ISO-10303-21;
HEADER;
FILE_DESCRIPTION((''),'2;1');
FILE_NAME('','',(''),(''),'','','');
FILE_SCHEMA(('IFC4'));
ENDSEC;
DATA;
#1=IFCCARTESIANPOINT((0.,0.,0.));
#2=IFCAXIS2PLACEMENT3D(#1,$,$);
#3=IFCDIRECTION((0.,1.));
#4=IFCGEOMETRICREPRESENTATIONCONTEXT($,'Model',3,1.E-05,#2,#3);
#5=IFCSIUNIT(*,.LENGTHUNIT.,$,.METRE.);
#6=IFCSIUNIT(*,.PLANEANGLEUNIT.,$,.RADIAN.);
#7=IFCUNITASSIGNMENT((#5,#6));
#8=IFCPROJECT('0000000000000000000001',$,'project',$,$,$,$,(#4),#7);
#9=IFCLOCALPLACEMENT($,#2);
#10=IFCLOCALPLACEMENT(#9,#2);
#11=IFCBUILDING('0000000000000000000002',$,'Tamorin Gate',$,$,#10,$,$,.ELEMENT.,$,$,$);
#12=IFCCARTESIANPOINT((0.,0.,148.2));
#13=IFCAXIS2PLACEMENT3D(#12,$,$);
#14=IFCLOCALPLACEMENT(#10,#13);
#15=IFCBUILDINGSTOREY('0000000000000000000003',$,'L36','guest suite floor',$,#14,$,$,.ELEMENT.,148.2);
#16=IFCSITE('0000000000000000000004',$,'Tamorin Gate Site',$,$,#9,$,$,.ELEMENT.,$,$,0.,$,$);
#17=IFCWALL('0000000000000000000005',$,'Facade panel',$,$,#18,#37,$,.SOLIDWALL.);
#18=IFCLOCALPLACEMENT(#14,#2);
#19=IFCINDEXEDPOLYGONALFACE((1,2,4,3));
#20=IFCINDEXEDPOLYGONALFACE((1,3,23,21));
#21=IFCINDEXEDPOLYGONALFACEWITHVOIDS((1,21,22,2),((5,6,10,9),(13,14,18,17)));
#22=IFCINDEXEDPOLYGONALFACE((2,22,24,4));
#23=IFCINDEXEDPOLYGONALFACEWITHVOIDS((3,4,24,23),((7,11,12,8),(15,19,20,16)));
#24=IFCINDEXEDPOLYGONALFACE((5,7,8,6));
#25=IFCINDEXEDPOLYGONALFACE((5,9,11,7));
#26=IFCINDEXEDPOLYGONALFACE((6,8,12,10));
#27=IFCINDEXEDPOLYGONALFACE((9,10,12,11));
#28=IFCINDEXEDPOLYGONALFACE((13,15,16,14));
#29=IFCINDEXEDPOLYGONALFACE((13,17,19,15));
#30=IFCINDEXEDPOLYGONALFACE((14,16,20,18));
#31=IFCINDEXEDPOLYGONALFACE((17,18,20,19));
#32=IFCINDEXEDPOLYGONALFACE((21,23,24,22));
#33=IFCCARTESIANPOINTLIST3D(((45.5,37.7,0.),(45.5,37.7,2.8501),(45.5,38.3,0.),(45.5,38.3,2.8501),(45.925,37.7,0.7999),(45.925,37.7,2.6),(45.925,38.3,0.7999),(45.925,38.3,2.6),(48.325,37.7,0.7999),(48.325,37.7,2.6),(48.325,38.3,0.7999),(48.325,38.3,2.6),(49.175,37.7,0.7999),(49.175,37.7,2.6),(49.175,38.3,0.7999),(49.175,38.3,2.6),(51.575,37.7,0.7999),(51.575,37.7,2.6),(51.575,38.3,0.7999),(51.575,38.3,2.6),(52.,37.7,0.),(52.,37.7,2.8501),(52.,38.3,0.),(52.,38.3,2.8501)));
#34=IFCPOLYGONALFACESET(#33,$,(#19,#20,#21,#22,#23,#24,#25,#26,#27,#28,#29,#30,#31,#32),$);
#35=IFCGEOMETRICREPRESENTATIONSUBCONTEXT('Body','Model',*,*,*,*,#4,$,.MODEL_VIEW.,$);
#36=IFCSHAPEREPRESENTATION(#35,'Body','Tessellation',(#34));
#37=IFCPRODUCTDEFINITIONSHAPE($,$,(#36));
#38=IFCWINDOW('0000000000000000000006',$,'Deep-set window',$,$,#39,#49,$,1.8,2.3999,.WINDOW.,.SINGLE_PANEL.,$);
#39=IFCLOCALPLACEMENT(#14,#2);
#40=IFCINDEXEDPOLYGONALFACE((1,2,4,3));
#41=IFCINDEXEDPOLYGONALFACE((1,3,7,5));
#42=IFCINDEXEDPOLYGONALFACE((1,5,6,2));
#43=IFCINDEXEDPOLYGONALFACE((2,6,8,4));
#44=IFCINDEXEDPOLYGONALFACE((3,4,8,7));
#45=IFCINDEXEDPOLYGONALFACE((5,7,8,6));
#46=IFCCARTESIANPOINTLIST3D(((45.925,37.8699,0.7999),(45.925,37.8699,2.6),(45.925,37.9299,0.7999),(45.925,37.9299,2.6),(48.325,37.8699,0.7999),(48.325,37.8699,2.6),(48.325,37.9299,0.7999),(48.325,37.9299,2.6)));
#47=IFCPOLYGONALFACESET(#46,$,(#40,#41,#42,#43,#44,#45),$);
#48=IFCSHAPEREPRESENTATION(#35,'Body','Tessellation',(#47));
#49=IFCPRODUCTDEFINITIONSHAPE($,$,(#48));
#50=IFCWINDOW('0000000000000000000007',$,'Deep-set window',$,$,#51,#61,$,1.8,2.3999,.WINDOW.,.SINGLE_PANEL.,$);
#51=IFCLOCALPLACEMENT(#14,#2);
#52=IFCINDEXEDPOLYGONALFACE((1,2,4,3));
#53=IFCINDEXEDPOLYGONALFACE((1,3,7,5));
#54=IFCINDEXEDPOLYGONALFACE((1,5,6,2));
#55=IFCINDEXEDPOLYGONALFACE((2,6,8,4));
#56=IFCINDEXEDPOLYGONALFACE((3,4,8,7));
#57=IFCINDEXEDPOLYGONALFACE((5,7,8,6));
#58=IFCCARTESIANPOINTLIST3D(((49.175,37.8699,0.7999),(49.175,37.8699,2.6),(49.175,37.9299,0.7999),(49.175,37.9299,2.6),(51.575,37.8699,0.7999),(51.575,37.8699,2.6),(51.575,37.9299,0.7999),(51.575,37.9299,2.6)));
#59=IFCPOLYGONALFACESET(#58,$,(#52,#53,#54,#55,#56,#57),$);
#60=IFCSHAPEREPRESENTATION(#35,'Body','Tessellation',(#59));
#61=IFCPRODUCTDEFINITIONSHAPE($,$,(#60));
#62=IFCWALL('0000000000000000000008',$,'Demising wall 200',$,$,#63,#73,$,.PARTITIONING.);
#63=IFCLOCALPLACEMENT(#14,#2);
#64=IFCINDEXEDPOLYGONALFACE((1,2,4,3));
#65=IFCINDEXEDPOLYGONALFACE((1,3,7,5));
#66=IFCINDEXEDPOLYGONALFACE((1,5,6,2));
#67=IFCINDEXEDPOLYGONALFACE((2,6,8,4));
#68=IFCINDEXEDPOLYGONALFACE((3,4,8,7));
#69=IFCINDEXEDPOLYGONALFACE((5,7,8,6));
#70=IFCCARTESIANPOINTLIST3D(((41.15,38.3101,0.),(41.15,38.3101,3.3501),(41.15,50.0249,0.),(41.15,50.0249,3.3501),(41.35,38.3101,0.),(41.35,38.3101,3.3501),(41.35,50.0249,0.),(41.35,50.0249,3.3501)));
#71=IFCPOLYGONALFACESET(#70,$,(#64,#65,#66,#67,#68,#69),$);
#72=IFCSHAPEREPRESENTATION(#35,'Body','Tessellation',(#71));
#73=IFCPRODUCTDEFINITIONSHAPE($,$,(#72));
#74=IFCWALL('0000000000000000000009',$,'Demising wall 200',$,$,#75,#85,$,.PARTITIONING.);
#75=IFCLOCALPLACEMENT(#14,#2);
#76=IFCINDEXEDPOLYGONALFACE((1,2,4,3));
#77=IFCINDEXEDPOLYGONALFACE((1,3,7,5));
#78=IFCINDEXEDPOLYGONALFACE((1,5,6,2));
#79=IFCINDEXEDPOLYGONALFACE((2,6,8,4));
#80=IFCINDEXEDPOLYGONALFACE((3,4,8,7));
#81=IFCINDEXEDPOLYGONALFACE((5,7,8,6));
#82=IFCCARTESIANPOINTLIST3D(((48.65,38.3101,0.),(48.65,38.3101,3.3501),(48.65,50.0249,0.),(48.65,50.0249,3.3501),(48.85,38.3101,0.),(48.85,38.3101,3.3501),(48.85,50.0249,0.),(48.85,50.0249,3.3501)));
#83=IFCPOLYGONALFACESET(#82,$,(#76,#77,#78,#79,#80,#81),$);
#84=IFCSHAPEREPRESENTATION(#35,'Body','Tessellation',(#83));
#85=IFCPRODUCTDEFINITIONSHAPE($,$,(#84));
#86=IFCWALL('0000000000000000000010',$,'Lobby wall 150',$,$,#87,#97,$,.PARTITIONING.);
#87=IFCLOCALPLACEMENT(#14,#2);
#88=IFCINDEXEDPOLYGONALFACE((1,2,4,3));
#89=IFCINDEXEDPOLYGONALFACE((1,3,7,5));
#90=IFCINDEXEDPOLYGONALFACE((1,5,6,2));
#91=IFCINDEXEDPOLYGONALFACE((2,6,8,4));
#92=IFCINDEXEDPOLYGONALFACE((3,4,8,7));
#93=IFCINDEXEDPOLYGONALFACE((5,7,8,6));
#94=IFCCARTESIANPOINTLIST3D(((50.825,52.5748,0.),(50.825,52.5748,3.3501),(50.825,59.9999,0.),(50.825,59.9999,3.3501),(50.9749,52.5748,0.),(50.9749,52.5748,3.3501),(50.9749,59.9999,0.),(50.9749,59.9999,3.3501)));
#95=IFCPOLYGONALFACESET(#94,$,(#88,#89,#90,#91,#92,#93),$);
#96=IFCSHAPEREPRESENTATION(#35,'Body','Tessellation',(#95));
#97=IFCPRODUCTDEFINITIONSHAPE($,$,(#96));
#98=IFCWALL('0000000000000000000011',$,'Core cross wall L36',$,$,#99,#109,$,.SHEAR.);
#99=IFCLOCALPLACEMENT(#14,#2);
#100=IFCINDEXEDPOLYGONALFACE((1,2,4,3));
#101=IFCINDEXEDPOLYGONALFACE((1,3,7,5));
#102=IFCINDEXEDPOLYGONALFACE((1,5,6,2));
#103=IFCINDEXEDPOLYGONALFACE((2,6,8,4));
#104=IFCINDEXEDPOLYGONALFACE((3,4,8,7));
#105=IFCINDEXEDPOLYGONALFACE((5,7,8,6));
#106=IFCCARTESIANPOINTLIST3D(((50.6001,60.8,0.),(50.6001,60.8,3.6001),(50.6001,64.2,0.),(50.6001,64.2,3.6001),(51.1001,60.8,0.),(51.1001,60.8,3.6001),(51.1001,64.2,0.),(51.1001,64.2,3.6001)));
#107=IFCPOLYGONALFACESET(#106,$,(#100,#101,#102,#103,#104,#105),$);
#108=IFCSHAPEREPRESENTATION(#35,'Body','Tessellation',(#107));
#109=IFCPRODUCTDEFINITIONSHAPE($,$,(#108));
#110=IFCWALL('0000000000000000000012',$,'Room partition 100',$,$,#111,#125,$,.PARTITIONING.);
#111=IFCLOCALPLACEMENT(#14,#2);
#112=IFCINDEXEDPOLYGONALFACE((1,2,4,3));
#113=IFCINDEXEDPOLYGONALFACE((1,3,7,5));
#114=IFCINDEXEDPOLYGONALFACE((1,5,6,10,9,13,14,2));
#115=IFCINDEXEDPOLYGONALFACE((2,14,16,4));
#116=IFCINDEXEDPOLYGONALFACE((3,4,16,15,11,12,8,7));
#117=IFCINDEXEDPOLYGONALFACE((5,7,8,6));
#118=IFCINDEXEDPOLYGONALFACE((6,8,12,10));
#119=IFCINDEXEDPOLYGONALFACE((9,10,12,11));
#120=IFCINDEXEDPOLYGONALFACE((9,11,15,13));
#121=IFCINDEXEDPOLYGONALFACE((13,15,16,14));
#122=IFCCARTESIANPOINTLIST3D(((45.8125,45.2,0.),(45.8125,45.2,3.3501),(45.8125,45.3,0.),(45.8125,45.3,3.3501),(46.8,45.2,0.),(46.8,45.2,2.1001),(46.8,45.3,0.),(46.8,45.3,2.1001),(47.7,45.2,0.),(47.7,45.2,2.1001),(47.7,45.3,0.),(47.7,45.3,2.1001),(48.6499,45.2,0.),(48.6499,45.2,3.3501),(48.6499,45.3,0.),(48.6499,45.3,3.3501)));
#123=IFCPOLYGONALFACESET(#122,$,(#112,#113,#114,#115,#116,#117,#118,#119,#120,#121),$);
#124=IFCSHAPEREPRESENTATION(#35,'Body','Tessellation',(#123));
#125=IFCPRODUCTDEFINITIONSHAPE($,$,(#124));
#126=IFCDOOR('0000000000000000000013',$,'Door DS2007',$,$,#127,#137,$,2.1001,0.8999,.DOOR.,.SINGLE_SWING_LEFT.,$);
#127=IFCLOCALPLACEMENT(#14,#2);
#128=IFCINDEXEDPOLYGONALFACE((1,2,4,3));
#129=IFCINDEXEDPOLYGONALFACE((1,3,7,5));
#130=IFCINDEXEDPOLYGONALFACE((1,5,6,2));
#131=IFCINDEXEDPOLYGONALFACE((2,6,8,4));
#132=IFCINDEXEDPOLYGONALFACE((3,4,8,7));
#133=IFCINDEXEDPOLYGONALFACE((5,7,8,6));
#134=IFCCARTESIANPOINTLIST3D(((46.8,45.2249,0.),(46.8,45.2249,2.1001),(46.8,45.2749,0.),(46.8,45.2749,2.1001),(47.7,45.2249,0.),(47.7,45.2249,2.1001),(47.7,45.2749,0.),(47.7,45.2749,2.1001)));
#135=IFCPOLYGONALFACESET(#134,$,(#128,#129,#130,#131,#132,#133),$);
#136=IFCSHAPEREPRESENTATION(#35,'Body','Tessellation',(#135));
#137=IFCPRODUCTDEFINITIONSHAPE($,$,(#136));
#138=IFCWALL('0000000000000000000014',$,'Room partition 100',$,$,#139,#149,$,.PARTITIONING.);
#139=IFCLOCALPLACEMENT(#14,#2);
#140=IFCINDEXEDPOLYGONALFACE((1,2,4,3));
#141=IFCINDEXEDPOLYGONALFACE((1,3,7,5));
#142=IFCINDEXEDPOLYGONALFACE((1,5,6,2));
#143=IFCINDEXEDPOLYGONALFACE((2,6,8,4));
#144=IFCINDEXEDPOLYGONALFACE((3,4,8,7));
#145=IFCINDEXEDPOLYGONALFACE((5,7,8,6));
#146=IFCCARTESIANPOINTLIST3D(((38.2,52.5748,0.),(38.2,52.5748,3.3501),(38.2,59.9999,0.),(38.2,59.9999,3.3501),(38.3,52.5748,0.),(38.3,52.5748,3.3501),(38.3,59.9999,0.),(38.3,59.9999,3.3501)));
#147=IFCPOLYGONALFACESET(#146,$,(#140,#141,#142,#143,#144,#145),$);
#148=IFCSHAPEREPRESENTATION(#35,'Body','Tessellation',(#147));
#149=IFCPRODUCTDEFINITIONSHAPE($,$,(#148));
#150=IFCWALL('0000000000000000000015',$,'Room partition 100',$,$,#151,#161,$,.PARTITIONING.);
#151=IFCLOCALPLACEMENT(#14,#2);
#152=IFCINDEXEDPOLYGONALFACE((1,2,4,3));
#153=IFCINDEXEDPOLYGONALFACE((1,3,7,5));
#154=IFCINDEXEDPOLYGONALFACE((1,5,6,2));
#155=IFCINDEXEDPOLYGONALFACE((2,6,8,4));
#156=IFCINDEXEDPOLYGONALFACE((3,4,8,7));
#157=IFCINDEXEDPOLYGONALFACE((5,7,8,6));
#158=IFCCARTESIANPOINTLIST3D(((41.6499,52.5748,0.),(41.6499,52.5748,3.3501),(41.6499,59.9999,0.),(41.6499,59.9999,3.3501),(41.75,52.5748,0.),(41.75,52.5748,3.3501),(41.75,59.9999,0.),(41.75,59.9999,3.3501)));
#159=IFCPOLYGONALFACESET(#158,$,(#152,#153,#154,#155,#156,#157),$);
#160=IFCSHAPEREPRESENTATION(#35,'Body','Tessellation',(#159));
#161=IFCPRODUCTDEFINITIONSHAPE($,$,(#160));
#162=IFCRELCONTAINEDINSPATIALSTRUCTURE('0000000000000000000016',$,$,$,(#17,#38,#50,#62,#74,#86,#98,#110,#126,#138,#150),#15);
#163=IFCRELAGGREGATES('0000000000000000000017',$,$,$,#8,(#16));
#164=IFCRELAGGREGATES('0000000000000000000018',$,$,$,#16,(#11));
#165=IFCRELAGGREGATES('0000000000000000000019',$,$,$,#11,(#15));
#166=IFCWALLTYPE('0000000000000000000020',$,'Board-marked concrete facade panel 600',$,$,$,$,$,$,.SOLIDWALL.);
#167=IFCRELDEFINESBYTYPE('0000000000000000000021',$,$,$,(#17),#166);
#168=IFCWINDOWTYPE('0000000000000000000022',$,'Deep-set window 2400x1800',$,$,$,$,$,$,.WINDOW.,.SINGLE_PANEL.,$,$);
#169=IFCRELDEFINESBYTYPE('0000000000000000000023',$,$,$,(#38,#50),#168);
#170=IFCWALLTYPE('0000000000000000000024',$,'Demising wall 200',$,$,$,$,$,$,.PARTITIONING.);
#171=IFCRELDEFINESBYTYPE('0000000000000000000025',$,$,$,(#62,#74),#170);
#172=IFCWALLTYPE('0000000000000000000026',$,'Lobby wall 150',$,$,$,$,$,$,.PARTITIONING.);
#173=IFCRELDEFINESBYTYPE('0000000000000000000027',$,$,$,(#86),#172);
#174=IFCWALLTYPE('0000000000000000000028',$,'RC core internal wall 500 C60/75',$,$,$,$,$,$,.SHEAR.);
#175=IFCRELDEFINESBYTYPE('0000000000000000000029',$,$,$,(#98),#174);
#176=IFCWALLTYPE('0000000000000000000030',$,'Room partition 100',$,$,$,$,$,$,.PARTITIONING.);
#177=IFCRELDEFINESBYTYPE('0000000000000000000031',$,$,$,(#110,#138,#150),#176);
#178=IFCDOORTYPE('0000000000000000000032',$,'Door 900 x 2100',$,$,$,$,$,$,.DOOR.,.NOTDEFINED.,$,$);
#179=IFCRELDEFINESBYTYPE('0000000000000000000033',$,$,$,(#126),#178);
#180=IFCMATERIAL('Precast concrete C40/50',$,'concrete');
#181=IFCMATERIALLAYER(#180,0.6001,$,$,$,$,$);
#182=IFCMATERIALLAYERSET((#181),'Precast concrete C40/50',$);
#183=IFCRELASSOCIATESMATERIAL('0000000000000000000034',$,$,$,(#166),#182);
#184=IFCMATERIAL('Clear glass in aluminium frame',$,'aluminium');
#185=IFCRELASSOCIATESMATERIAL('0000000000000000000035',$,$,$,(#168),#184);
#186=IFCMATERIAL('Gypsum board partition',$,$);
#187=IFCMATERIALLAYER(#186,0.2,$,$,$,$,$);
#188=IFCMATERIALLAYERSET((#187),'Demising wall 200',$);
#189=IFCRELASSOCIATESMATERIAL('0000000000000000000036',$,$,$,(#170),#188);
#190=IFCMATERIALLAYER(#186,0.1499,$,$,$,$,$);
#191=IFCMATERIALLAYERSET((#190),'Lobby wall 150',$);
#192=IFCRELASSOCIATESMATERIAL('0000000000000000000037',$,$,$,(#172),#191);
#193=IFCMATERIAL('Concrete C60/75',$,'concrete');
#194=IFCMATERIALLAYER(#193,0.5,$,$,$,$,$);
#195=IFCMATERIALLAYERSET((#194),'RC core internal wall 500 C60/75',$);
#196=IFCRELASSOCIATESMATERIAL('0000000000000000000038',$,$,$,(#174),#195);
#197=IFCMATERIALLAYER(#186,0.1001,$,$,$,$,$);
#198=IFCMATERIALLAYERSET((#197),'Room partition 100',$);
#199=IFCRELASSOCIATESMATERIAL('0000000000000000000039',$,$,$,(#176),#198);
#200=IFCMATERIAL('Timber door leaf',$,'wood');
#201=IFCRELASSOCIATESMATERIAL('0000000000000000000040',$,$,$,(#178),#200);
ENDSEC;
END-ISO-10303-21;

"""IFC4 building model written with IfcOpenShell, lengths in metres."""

from ifc_helpers import new_model, si_unit, direction, frame, frame_2d, origin, place, context, subcontext, project, spatial, rectangle, extrude, material, layer, layer_set, type_object, element, fill, save


model = new_model("IFC4")

# Units and contexts
model_context = context("Model", 3, precision=1e-05, world=origin(), true_north=direction((0.0, 1.0)))
body_context = subcontext(model_context, "Body", "Model", "MODEL_VIEW")
ifc_project = project(units=[si_unit("LENGTHUNIT", "METRE"), si_unit("PLANEANGLEUNIT", "RADIAN")], contexts=[model_context])

# Site, building, storey
site_placement = place(None, origin())
site = spatial("IfcSite", under=ifc_project, at=site_placement, Name="Tamorin Gate Site", CompositionType="ELEMENT", RefElevation=0.0)
building_placement = place(site_placement, origin())
building = spatial("IfcBuilding", under=site, at=building_placement, Name="Tamorin Gate", CompositionType="ELEMENT")
storey_placement = place(building_placement, frame((0.0, 0.0, 148.2)))
storey = spatial("IfcBuildingStorey", under=building, at=storey_placement, Name="L36", Description="guest suite floor", CompositionType="ELEMENT", Elevation=148.2)

# Wall, openings, windows
ifc_material_1 = material(Name="Precast concrete C40/50", Category="concrete")
ifc_layer_1 = layer(ifc_material_1, 0.6001)
ifc_layer_set_1 = layer_set([ifc_layer_1], Name="Precast concrete C40/50")
wall_type_1 = type_object("IfcWallType", Name="Board-marked concrete facade panel 600", PredefinedType="SOLIDWALL", material=ifc_layer_set_1)
ifc_material_2 = material(Name="Clear glass in aluminium frame", Category="aluminium")
window_type = type_object("IfcWindowType", Name="Deep-set window 2400x1800", PartitioningType="SINGLE_PANEL", PredefinedType="WINDOW", material=ifc_material_2)
wall_1_placement = place(storey_placement, frame((45.5, 38.0, 0.0), z_axis=(0.0, 0.0, 1.0), x_axis=(1.0, 0.0, 0.0)))
wall_1 = element("IfcWall", 1, at=wall_1_placement, inside=storey, type_object=wall_type_1, Name="Facade panel", PredefinedType="SOLIDWALL", context=body_context, shape_type="SweptSolid", body=[
    extrude(rectangle(XDim=6.5, YDim=0.6001, at=frame_2d((3.25, 0.0))), origin(), (0.0, 0.0, 1.0), 2.8501),
])
opening_1_placement = place(wall_1_placement, frame((0.425, 0.0, 0.8)))
opening_1 = element("IfcOpeningElement", 2, at=opening_1_placement, cuts=wall_1, PredefinedType="OPENING", context=body_context, shape_type="SweptSolid", body=[
    extrude(rectangle(XDim=2.3999, YDim=1.8, at=frame_2d((1.2, 0.8999))), frame((0.0, 0.3101, 0.0), z_axis=(0.0, -1.0, 0.0), x_axis=(1.0, 0.0, 0.0)), (0.0, 0.0, 1.0), 0.6201),
])
opening_2_placement = place(wall_1_placement, frame((3.675, 0.0, 0.8)))
opening_2 = element("IfcOpeningElement", 3, at=opening_2_placement, cuts=wall_1, PredefinedType="OPENING", context=body_context, shape_type="SweptSolid", body=[
    extrude(rectangle(XDim=2.3999, YDim=1.8, at=frame_2d((1.2, 0.8999))), frame((0.0, 0.3101, 0.0), z_axis=(0.0, -1.0, 0.0), x_axis=(1.0, 0.0, 0.0)), (0.0, 0.0, 1.0), 0.6201),
])
window_1_placement = place(opening_1_placement, origin())
window_1 = element("IfcWindow", 4, at=window_1_placement, inside=storey, type_object=window_type, Name="Deep-set window", OverallHeight=1.8, OverallWidth=2.3999, PartitioningType="SINGLE_PANEL", PredefinedType="WINDOW", context=body_context, shape_type="SweptSolid", body=[
    extrude(rectangle(XDim=2.3999, YDim=1.8, at=frame_2d((1.2, 0.8999))), frame((0.0, -0.0701, 0.0), z_axis=(0.0, -1.0, 0.0), x_axis=(1.0, 0.0, 0.0)), (0.0, 0.0, 1.0), 0.0601),
])
fill(opening_1, window_1)
window_2_placement = place(opening_2_placement, origin())
window_2 = element("IfcWindow", 5, at=window_2_placement, inside=storey, type_object=window_type, Name="Deep-set window", OverallHeight=1.8, OverallWidth=2.3999, PartitioningType="SINGLE_PANEL", PredefinedType="WINDOW", context=body_context, shape_type="SweptSolid", body=[
    extrude(rectangle(XDim=2.3999, YDim=1.8, at=frame_2d((1.2, 0.8999))), frame((0.0, -0.0701, 0.0), z_axis=(0.0, -1.0, 0.0), x_axis=(1.0, 0.0, 0.0)), (0.0, 0.0, 1.0), 0.0601),
])
fill(opening_2, window_2)

# Walls
ifc_material_3 = material(Name="Gypsum board partition")
ifc_layer_2 = layer(ifc_material_3, 0.2)
ifc_layer_set_2 = layer_set([ifc_layer_2], Name="Demising wall 200")
wall_type_2 = type_object("IfcWallType", Name="Demising wall 200", PredefinedType="PARTITIONING", material=ifc_layer_set_2)
for number, where, z_axis, x_axis, name in (
    (6, (41.25, 38.3101, 0.0), (0.0, 0.0, 1.0), (0.0, 1.0, 0.0), "Demising wall 200"),
    (7, (48.75, 38.3101, 0.0), (0.0, 0.0, 1.0), (0.0, 1.0, 0.0), "Demising wall 200"),
):
    element("IfcWall", number, at=place(storey_placement, frame(where, z_axis=z_axis, x_axis=x_axis)), inside=storey, type_object=wall_type_2, Name=name, PredefinedType="PARTITIONING", context=body_context, shape_type="SweptSolid", body=[
        extrude(rectangle(XDim=11.7148, YDim=0.2, at=frame_2d((5.8574, 0.0))), origin(), (0.0, 0.0, 1.0), 3.3501),
    ])
ifc_layer_3 = layer(ifc_material_3, 0.1499)
ifc_layer_set_3 = layer_set([ifc_layer_3], Name="Lobby wall 150")
wall_type_3 = type_object("IfcWallType", Name="Lobby wall 150", PredefinedType="PARTITIONING", material=ifc_layer_set_3)
wall_2_placement = place(storey_placement, frame((50.8999, 52.575, 0.0), z_axis=(0.0, 0.0, 1.0), x_axis=(0.0, 1.0, 0.0)))
element("IfcWall", 8, at=wall_2_placement, inside=storey, type_object=wall_type_3, Name="Lobby wall 150", PredefinedType="PARTITIONING", context=body_context, shape_type="SweptSolid", body=[
    extrude(rectangle(XDim=7.425, YDim=0.1499, at=frame_2d((3.7124, 0.0))), origin(), (0.0, 0.0, 1.0), 3.3501),
])
ifc_material_4 = material(Name="Concrete C60/75", Category="concrete")
ifc_layer_4 = layer(ifc_material_4, 0.5)
ifc_layer_set_4 = layer_set([ifc_layer_4], Name="RC core internal wall 500 C60/75")
wall_type_4 = type_object("IfcWallType", Name="RC core internal wall 500 C60/75", PredefinedType="SHEAR", material=ifc_layer_set_4)
wall_3_placement = place(storey_placement, frame((50.8501, 60.8, 0.0), z_axis=(0.0, 0.0, 1.0), x_axis=(0.0, 1.0, 0.0)))
element("IfcWall", 9, at=wall_3_placement, inside=storey, type_object=wall_type_4, Name="Core cross wall L36", PredefinedType="SHEAR", context=body_context, shape_type="SweptSolid", body=[
    extrude(rectangle(XDim=3.3999, YDim=0.5, at=frame_2d((1.7, 0.0))), origin(), (0.0, 0.0, 1.0), 3.6001),
])

# Wall, opening, door
ifc_layer_5 = layer(ifc_material_3, 0.1001)
ifc_layer_set_5 = layer_set([ifc_layer_5], Name="Room partition 100")
wall_type_5 = type_object("IfcWallType", Name="Room partition 100", PredefinedType="PARTITIONING", material=ifc_layer_set_5)
wall_4_placement = place(storey_placement, frame((45.8125, 45.25, 0.0), z_axis=(0.0, 0.0, 1.0), x_axis=(1.0, 0.0, 0.0)))
wall_4 = element("IfcWall", 10, at=wall_4_placement, inside=storey, type_object=wall_type_5, Name="Room partition 100", PredefinedType="PARTITIONING", context=body_context, shape_type="SweptSolid", body=[
    extrude(rectangle(XDim=2.8374, YDim=0.1001, at=frame_2d((1.4187, 0.0))), origin(), (0.0, 0.0, 1.0), 3.3501),
])
opening_3_placement = place(wall_4_placement, frame((0.9875, 0.0, 0.0)))
opening_3 = element("IfcOpeningElement", 11, at=opening_3_placement, cuts=wall_4, PredefinedType="OPENING", context=body_context, shape_type="SweptSolid", body=[
    extrude(rectangle(XDim=0.8999, YDim=2.1001, at=frame_2d((0.45, 1.05))), frame((0.0, 0.0601, 0.0), z_axis=(0.0, -1.0, 0.0), x_axis=(1.0, 0.0, 0.0)), (0.0, 0.0, 1.0), 0.1201),
])
ifc_material_5 = material(Name="Timber door leaf", Category="wood")
door_type = type_object("IfcDoorType", Name="Door 900 x 2100", OperationType="NOTDEFINED", PredefinedType="DOOR", material=ifc_material_5)
door_1_placement = place(opening_3_placement, origin())
door_1 = element("IfcDoor", 12, at=door_1_placement, inside=storey, type_object=door_type, Name="Door DS2007", OperationType="SINGLE_SWING_LEFT", OverallHeight=2.1001, OverallWidth=0.8999, PredefinedType="DOOR", context=body_context, shape_type="SweptSolid", body=[
    extrude(rectangle(XDim=0.8999, YDim=2.1001, at=frame_2d((0.45, 1.05))), frame((0.0, 0.0249, 0.0), z_axis=(0.0, -1.0, 0.0), x_axis=(1.0, 0.0, 0.0)), (0.0, 0.0, 1.0), 0.05),
])
fill(opening_3, door_1)

# Walls
for number, where, z_axis, x_axis, name in (
    (13, (38.25, 52.575, 0.0), (0.0, 0.0, 1.0), (0.0, 1.0, 0.0), "Room partition 100"),
    (14, (41.7, 52.575, 0.0), (0.0, 0.0, 1.0), (0.0, 1.0, 0.0), "Room partition 100"),
):
    element("IfcWall", number, at=place(storey_placement, frame(where, z_axis=z_axis, x_axis=x_axis)), inside=storey, type_object=wall_type_5, Name=name, PredefinedType="PARTITIONING", context=body_context, shape_type="SweptSolid", body=[
        extrude(rectangle(XDim=7.425, YDim=0.1001, at=frame_2d((3.7124, 0.0))), origin(), (0.0, 0.0, 1.0), 3.3501),
    ])

save(model, "model.ifc")
